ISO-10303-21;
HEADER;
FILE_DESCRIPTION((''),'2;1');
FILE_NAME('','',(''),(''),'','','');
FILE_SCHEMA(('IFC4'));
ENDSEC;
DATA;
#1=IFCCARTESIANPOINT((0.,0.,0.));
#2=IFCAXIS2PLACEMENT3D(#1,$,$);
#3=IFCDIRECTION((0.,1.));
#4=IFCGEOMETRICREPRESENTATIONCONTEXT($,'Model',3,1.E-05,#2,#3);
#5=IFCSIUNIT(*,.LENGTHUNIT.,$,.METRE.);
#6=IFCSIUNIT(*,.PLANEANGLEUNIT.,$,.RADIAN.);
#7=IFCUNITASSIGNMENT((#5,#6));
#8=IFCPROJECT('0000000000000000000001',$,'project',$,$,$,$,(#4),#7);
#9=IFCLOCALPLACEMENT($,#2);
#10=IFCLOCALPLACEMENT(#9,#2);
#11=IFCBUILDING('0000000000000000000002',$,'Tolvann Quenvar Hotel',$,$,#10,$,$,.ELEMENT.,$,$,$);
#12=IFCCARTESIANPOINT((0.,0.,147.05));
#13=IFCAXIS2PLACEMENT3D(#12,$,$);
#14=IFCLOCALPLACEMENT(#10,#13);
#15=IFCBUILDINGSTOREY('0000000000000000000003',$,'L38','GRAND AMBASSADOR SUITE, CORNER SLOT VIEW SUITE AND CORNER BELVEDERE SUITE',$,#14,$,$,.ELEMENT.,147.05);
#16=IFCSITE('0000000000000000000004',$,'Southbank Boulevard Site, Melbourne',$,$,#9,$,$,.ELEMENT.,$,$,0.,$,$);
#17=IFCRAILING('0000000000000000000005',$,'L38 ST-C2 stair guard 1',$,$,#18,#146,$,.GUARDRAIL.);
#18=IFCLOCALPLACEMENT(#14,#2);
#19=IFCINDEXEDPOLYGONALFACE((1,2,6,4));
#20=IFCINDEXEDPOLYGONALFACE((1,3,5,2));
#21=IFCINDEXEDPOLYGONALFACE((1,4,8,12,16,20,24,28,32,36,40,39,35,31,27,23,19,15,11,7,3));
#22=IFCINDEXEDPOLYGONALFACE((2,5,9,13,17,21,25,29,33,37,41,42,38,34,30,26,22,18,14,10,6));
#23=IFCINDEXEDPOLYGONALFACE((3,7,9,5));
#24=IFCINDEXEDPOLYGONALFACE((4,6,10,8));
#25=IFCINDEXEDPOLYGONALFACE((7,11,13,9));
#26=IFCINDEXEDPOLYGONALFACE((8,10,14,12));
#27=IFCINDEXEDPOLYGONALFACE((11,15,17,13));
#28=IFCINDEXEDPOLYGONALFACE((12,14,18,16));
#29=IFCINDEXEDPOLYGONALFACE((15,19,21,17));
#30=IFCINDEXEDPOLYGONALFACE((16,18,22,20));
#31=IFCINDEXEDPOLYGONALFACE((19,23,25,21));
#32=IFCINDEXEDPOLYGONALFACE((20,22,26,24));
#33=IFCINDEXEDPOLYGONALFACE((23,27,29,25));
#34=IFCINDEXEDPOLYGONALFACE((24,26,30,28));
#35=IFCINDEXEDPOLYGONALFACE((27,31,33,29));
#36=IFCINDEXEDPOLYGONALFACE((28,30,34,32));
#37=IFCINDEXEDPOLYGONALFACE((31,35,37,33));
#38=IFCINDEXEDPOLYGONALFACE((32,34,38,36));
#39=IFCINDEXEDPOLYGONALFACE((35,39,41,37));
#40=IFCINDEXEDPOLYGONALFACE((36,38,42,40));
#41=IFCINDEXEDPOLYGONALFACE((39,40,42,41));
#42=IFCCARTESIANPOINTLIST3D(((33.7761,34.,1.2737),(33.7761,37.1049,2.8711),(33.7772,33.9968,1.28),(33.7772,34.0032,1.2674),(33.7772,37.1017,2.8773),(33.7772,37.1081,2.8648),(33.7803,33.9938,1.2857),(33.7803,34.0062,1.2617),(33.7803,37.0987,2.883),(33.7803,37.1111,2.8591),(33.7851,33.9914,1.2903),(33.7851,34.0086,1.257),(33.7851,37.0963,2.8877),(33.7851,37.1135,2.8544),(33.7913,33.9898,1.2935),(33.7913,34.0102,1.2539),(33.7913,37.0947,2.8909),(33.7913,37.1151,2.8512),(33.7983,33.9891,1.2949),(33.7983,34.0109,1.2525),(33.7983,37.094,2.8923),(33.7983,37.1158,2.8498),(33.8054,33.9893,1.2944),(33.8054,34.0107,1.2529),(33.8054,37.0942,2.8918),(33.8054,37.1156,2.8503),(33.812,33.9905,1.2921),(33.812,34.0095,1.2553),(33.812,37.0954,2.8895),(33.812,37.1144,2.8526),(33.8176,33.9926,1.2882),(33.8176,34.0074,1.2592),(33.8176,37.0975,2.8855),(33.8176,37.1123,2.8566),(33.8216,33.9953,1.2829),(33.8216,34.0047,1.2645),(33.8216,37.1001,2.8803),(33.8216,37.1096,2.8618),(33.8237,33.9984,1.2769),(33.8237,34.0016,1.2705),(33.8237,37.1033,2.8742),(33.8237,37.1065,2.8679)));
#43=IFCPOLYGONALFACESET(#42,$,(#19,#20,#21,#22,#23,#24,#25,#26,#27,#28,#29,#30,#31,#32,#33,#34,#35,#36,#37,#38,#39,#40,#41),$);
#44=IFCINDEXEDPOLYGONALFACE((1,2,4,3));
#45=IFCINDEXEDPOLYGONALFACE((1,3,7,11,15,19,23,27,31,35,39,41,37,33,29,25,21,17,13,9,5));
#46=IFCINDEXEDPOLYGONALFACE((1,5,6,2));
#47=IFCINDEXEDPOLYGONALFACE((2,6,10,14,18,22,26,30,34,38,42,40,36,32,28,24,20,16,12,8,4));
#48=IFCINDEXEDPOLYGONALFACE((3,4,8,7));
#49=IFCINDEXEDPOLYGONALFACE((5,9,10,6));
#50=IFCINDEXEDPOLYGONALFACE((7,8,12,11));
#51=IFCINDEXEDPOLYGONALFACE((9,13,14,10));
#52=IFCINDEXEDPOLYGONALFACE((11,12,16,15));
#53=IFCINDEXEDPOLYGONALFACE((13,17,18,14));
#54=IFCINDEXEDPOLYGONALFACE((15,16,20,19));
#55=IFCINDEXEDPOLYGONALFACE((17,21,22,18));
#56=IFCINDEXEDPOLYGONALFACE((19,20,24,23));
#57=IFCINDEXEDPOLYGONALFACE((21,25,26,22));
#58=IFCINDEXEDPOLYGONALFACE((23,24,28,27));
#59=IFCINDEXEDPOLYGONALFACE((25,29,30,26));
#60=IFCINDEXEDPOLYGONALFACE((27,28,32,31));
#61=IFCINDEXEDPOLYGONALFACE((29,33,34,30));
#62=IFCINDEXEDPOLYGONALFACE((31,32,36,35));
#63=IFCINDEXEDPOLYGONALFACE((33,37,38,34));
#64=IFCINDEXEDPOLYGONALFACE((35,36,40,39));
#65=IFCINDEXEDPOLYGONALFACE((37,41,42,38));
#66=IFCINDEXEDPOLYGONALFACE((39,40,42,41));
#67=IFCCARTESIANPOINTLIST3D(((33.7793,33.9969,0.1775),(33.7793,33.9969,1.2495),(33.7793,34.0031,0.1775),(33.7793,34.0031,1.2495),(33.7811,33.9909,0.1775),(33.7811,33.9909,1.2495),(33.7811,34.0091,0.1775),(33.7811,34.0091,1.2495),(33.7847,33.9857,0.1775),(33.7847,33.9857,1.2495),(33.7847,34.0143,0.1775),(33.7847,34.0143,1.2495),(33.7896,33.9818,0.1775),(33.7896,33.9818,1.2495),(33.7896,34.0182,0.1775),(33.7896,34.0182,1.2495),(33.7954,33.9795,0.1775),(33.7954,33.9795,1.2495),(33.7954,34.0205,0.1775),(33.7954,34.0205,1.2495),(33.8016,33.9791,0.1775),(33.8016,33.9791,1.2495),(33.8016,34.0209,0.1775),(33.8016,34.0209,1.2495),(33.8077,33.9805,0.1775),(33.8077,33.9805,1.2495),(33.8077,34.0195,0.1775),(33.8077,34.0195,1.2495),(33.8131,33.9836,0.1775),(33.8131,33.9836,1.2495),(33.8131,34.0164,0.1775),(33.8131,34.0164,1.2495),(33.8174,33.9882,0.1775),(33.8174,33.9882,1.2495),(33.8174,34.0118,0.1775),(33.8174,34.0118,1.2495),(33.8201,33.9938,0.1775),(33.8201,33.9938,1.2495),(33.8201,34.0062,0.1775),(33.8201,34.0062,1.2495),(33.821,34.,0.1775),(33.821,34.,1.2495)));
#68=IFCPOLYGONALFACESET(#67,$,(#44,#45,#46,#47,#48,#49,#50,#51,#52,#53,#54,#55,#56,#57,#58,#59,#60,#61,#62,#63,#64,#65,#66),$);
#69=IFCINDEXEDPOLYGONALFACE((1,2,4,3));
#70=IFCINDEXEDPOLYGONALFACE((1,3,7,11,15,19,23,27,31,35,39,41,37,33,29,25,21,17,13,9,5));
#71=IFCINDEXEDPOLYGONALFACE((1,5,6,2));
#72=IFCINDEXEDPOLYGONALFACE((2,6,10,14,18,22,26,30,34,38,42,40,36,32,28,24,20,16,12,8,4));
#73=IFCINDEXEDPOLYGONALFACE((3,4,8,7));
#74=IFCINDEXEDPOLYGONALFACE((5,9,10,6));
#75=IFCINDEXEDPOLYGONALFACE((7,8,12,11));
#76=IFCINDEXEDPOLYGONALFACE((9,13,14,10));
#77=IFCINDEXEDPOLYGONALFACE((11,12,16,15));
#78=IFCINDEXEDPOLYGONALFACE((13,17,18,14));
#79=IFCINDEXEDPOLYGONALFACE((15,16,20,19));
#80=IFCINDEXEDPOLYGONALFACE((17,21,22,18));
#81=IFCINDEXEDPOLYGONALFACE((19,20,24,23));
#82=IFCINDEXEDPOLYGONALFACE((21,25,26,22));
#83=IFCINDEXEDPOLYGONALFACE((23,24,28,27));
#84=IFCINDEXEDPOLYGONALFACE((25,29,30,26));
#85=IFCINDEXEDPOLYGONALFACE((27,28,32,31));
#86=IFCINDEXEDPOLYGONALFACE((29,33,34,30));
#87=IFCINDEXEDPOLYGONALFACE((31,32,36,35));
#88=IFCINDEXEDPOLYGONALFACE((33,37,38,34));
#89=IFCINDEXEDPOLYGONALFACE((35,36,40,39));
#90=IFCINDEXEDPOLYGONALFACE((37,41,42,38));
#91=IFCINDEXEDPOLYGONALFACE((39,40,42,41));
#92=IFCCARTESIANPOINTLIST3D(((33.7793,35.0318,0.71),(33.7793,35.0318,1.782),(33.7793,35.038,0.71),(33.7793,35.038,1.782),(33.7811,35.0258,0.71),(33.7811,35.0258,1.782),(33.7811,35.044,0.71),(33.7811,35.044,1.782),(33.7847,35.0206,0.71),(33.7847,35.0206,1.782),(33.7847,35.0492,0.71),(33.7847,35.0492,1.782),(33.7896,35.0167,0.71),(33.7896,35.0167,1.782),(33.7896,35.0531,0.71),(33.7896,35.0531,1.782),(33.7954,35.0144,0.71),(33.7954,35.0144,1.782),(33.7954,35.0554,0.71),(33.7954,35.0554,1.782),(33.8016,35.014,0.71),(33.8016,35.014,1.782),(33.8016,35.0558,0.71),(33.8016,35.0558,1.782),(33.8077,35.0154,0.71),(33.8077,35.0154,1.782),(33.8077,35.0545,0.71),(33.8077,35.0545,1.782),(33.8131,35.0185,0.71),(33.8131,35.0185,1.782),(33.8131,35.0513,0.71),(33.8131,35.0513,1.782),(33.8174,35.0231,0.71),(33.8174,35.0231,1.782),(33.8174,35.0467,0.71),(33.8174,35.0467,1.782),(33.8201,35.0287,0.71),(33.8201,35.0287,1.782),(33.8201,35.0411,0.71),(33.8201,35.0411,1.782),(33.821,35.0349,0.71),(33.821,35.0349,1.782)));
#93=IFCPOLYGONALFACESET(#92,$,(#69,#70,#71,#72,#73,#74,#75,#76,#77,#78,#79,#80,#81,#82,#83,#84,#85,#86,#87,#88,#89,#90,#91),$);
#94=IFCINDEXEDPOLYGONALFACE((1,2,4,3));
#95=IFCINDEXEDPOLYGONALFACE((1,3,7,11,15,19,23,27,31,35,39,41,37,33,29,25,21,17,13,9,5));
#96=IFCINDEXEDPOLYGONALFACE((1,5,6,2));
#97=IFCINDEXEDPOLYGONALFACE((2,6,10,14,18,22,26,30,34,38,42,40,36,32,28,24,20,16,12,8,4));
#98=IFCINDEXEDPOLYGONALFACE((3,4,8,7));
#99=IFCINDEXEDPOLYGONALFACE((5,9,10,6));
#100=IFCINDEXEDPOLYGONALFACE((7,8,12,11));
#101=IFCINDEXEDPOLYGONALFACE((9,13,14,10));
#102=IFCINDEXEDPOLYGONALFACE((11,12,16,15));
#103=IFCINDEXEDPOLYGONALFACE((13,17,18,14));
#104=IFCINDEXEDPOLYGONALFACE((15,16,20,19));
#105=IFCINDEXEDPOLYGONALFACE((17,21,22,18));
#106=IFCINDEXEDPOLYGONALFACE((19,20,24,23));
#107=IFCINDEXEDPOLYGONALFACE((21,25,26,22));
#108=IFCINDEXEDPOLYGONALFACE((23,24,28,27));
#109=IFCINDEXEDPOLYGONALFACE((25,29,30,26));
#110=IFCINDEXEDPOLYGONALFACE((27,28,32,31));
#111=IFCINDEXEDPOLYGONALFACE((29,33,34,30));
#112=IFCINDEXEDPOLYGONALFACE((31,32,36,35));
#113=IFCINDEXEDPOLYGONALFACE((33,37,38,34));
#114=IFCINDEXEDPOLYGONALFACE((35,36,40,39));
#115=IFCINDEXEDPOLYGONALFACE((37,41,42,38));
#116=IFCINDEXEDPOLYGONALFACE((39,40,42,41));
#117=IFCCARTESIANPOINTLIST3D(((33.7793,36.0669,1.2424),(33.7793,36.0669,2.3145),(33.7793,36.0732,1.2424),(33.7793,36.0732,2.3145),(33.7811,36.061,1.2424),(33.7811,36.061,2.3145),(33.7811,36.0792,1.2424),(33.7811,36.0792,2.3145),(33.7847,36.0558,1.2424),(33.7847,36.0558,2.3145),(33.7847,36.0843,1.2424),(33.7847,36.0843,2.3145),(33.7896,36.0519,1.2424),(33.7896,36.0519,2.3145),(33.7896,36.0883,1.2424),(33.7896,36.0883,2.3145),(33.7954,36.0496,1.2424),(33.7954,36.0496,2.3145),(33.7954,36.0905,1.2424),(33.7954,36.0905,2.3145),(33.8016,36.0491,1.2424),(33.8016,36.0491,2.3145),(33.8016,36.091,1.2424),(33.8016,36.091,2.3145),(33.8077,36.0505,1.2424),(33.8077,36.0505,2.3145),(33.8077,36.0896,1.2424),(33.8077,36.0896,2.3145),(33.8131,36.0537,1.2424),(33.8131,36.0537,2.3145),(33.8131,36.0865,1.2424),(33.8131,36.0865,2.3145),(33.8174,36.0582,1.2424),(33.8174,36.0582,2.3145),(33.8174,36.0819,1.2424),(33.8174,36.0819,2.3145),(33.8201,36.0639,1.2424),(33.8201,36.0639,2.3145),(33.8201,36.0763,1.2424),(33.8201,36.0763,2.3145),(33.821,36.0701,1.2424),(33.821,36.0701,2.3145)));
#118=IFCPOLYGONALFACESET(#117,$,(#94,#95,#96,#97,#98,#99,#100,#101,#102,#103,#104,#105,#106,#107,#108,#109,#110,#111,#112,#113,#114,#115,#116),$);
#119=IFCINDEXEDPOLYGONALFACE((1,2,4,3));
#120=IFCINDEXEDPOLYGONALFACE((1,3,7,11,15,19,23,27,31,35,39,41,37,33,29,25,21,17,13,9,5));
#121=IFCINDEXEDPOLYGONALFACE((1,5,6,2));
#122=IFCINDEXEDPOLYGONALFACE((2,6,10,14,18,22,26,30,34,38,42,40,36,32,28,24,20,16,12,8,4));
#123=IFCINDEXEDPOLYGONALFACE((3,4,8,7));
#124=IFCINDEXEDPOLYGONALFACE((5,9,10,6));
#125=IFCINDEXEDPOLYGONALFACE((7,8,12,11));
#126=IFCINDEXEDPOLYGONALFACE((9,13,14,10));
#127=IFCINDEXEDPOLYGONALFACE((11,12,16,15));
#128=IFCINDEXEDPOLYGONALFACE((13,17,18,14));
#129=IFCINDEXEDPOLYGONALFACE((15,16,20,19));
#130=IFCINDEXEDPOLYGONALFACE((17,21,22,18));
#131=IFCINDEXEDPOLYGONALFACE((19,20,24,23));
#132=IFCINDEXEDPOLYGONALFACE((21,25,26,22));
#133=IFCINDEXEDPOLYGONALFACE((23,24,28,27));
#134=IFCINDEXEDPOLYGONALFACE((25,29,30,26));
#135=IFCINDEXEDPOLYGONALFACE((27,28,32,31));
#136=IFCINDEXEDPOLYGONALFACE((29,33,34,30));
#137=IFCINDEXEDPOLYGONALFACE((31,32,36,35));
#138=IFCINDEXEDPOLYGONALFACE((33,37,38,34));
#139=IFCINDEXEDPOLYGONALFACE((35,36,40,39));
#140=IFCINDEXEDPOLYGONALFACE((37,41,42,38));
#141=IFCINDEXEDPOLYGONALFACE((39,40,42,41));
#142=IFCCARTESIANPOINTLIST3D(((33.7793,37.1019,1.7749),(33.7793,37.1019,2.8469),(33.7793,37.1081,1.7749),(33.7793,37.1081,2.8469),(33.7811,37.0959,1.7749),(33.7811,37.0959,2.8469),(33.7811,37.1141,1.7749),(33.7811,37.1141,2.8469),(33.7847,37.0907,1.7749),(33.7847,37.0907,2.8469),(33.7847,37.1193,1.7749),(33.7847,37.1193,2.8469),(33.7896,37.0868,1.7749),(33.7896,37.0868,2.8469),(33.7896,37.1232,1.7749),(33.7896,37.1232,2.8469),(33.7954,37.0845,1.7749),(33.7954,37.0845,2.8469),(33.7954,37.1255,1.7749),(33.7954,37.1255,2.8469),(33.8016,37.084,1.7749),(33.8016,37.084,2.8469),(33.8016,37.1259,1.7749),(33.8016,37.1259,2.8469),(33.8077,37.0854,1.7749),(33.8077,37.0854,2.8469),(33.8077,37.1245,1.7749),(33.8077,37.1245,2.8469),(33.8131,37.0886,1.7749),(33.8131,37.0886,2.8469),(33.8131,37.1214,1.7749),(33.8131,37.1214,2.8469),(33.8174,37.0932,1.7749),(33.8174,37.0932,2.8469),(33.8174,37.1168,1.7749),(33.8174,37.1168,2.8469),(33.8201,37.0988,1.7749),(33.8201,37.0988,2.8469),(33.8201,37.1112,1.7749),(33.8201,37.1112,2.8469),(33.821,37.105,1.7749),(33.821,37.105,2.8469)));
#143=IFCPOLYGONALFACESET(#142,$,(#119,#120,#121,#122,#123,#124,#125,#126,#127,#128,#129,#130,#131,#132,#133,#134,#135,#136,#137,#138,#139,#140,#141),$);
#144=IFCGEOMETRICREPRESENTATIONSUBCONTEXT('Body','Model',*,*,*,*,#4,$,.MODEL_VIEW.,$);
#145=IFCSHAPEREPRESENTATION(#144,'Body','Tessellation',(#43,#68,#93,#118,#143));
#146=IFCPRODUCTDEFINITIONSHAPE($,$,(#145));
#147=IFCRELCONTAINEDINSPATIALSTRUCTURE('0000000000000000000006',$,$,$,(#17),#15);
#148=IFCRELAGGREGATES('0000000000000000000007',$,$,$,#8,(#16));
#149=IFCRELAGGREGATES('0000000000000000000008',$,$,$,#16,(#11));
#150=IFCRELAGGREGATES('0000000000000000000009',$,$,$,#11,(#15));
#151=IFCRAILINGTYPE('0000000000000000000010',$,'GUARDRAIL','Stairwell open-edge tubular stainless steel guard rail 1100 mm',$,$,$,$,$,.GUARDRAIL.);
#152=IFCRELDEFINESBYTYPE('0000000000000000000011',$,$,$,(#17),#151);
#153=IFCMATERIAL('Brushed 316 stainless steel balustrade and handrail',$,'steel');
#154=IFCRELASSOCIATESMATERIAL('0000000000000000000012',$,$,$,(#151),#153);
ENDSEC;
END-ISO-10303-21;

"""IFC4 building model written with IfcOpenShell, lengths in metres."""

from ifc_helpers import new_model, si_unit, direction, frame, origin, origin_2d, place, context, subcontext, project, spatial, circle, extrude, material, type_object, element, save


model = new_model("IFC4")

# Units and contexts
model_context = context("Model", 3, precision=1e-05, world=origin(), true_north=direction((0.0, 1.0)))
body_context = subcontext(model_context, "Body", "Model", "MODEL_VIEW")
ifc_project = project(units=[si_unit("LENGTHUNIT", "METRE"), si_unit("PLANEANGLEUNIT", "RADIAN")], contexts=[model_context])

# Site, building, storey
site_placement = place(None, origin())
site = spatial("IfcSite", under=ifc_project, at=site_placement, Name="Southbank Boulevard Site, Melbourne", CompositionType="ELEMENT", RefElevation=0.0)
building_placement = place(site_placement, origin())
building = spatial("IfcBuilding", under=site, at=building_placement, Name="Tolvann Quenvar Hotel", CompositionType="ELEMENT")
storey_placement = place(building_placement, frame((0.0, 0.0, 147.05)))
storey = spatial("IfcBuildingStorey", under=building, at=storey_placement, Name="L38", Description="GRAND AMBASSADOR SUITE, CORNER SLOT VIEW SUITE AND CORNER BELVEDERE SUITE", CompositionType="ELEMENT", Elevation=147.05)

# Railing
ifc_material_1 = material(Name="Brushed 316 stainless steel balustrade and handrail", Category="steel")
railing_type_1 = type_object("IfcRailingType", Name="GUARDRAIL", Description="Stairwell open-edge tubular stainless steel guard rail 1100 mm", PredefinedType="GUARDRAIL", material=ifc_material_1)
railing_1_placement = place(storey_placement, frame((33.8, 34.0, 0.1775)))
element("IfcRailing", 1, at=railing_1_placement, inside=storey, type_object=railing_type_1, Name="L38 ST-C2 stair guard 1", PredefinedType="GUARDRAIL", context=body_context, shape_type="SweptSolid", body=[
    extrude(circle(Radius=0.0239, at=origin_2d()), frame((0.0, 0.0, 1.0962), z_axis=(0.0, 0.889222, 0.457476), x_axis=(-1.0, 0.0, 0.0)), (0.0, 0.0, 1.0), 3.4917),
    extrude(circle(Radius=0.021, at=origin_2d()), origin(), (0.0, 0.0, 1.0), 1.072),
    extrude(circle(Radius=0.021, at=origin_2d()), frame((0.0, 1.0349, 0.5325)), (0.0, 0.0, 1.0), 1.072),
    extrude(circle(Radius=0.021, at=origin_2d()), frame((0.0, 2.0701, 1.0649)), (0.0, 0.0, 1.0), 1.072),
    extrude(circle(Radius=0.021, at=origin_2d()), frame((0.0, 3.105, 1.5974)), (0.0, 0.0, 1.0), 1.072),
])

save(model, "model.ifc")
